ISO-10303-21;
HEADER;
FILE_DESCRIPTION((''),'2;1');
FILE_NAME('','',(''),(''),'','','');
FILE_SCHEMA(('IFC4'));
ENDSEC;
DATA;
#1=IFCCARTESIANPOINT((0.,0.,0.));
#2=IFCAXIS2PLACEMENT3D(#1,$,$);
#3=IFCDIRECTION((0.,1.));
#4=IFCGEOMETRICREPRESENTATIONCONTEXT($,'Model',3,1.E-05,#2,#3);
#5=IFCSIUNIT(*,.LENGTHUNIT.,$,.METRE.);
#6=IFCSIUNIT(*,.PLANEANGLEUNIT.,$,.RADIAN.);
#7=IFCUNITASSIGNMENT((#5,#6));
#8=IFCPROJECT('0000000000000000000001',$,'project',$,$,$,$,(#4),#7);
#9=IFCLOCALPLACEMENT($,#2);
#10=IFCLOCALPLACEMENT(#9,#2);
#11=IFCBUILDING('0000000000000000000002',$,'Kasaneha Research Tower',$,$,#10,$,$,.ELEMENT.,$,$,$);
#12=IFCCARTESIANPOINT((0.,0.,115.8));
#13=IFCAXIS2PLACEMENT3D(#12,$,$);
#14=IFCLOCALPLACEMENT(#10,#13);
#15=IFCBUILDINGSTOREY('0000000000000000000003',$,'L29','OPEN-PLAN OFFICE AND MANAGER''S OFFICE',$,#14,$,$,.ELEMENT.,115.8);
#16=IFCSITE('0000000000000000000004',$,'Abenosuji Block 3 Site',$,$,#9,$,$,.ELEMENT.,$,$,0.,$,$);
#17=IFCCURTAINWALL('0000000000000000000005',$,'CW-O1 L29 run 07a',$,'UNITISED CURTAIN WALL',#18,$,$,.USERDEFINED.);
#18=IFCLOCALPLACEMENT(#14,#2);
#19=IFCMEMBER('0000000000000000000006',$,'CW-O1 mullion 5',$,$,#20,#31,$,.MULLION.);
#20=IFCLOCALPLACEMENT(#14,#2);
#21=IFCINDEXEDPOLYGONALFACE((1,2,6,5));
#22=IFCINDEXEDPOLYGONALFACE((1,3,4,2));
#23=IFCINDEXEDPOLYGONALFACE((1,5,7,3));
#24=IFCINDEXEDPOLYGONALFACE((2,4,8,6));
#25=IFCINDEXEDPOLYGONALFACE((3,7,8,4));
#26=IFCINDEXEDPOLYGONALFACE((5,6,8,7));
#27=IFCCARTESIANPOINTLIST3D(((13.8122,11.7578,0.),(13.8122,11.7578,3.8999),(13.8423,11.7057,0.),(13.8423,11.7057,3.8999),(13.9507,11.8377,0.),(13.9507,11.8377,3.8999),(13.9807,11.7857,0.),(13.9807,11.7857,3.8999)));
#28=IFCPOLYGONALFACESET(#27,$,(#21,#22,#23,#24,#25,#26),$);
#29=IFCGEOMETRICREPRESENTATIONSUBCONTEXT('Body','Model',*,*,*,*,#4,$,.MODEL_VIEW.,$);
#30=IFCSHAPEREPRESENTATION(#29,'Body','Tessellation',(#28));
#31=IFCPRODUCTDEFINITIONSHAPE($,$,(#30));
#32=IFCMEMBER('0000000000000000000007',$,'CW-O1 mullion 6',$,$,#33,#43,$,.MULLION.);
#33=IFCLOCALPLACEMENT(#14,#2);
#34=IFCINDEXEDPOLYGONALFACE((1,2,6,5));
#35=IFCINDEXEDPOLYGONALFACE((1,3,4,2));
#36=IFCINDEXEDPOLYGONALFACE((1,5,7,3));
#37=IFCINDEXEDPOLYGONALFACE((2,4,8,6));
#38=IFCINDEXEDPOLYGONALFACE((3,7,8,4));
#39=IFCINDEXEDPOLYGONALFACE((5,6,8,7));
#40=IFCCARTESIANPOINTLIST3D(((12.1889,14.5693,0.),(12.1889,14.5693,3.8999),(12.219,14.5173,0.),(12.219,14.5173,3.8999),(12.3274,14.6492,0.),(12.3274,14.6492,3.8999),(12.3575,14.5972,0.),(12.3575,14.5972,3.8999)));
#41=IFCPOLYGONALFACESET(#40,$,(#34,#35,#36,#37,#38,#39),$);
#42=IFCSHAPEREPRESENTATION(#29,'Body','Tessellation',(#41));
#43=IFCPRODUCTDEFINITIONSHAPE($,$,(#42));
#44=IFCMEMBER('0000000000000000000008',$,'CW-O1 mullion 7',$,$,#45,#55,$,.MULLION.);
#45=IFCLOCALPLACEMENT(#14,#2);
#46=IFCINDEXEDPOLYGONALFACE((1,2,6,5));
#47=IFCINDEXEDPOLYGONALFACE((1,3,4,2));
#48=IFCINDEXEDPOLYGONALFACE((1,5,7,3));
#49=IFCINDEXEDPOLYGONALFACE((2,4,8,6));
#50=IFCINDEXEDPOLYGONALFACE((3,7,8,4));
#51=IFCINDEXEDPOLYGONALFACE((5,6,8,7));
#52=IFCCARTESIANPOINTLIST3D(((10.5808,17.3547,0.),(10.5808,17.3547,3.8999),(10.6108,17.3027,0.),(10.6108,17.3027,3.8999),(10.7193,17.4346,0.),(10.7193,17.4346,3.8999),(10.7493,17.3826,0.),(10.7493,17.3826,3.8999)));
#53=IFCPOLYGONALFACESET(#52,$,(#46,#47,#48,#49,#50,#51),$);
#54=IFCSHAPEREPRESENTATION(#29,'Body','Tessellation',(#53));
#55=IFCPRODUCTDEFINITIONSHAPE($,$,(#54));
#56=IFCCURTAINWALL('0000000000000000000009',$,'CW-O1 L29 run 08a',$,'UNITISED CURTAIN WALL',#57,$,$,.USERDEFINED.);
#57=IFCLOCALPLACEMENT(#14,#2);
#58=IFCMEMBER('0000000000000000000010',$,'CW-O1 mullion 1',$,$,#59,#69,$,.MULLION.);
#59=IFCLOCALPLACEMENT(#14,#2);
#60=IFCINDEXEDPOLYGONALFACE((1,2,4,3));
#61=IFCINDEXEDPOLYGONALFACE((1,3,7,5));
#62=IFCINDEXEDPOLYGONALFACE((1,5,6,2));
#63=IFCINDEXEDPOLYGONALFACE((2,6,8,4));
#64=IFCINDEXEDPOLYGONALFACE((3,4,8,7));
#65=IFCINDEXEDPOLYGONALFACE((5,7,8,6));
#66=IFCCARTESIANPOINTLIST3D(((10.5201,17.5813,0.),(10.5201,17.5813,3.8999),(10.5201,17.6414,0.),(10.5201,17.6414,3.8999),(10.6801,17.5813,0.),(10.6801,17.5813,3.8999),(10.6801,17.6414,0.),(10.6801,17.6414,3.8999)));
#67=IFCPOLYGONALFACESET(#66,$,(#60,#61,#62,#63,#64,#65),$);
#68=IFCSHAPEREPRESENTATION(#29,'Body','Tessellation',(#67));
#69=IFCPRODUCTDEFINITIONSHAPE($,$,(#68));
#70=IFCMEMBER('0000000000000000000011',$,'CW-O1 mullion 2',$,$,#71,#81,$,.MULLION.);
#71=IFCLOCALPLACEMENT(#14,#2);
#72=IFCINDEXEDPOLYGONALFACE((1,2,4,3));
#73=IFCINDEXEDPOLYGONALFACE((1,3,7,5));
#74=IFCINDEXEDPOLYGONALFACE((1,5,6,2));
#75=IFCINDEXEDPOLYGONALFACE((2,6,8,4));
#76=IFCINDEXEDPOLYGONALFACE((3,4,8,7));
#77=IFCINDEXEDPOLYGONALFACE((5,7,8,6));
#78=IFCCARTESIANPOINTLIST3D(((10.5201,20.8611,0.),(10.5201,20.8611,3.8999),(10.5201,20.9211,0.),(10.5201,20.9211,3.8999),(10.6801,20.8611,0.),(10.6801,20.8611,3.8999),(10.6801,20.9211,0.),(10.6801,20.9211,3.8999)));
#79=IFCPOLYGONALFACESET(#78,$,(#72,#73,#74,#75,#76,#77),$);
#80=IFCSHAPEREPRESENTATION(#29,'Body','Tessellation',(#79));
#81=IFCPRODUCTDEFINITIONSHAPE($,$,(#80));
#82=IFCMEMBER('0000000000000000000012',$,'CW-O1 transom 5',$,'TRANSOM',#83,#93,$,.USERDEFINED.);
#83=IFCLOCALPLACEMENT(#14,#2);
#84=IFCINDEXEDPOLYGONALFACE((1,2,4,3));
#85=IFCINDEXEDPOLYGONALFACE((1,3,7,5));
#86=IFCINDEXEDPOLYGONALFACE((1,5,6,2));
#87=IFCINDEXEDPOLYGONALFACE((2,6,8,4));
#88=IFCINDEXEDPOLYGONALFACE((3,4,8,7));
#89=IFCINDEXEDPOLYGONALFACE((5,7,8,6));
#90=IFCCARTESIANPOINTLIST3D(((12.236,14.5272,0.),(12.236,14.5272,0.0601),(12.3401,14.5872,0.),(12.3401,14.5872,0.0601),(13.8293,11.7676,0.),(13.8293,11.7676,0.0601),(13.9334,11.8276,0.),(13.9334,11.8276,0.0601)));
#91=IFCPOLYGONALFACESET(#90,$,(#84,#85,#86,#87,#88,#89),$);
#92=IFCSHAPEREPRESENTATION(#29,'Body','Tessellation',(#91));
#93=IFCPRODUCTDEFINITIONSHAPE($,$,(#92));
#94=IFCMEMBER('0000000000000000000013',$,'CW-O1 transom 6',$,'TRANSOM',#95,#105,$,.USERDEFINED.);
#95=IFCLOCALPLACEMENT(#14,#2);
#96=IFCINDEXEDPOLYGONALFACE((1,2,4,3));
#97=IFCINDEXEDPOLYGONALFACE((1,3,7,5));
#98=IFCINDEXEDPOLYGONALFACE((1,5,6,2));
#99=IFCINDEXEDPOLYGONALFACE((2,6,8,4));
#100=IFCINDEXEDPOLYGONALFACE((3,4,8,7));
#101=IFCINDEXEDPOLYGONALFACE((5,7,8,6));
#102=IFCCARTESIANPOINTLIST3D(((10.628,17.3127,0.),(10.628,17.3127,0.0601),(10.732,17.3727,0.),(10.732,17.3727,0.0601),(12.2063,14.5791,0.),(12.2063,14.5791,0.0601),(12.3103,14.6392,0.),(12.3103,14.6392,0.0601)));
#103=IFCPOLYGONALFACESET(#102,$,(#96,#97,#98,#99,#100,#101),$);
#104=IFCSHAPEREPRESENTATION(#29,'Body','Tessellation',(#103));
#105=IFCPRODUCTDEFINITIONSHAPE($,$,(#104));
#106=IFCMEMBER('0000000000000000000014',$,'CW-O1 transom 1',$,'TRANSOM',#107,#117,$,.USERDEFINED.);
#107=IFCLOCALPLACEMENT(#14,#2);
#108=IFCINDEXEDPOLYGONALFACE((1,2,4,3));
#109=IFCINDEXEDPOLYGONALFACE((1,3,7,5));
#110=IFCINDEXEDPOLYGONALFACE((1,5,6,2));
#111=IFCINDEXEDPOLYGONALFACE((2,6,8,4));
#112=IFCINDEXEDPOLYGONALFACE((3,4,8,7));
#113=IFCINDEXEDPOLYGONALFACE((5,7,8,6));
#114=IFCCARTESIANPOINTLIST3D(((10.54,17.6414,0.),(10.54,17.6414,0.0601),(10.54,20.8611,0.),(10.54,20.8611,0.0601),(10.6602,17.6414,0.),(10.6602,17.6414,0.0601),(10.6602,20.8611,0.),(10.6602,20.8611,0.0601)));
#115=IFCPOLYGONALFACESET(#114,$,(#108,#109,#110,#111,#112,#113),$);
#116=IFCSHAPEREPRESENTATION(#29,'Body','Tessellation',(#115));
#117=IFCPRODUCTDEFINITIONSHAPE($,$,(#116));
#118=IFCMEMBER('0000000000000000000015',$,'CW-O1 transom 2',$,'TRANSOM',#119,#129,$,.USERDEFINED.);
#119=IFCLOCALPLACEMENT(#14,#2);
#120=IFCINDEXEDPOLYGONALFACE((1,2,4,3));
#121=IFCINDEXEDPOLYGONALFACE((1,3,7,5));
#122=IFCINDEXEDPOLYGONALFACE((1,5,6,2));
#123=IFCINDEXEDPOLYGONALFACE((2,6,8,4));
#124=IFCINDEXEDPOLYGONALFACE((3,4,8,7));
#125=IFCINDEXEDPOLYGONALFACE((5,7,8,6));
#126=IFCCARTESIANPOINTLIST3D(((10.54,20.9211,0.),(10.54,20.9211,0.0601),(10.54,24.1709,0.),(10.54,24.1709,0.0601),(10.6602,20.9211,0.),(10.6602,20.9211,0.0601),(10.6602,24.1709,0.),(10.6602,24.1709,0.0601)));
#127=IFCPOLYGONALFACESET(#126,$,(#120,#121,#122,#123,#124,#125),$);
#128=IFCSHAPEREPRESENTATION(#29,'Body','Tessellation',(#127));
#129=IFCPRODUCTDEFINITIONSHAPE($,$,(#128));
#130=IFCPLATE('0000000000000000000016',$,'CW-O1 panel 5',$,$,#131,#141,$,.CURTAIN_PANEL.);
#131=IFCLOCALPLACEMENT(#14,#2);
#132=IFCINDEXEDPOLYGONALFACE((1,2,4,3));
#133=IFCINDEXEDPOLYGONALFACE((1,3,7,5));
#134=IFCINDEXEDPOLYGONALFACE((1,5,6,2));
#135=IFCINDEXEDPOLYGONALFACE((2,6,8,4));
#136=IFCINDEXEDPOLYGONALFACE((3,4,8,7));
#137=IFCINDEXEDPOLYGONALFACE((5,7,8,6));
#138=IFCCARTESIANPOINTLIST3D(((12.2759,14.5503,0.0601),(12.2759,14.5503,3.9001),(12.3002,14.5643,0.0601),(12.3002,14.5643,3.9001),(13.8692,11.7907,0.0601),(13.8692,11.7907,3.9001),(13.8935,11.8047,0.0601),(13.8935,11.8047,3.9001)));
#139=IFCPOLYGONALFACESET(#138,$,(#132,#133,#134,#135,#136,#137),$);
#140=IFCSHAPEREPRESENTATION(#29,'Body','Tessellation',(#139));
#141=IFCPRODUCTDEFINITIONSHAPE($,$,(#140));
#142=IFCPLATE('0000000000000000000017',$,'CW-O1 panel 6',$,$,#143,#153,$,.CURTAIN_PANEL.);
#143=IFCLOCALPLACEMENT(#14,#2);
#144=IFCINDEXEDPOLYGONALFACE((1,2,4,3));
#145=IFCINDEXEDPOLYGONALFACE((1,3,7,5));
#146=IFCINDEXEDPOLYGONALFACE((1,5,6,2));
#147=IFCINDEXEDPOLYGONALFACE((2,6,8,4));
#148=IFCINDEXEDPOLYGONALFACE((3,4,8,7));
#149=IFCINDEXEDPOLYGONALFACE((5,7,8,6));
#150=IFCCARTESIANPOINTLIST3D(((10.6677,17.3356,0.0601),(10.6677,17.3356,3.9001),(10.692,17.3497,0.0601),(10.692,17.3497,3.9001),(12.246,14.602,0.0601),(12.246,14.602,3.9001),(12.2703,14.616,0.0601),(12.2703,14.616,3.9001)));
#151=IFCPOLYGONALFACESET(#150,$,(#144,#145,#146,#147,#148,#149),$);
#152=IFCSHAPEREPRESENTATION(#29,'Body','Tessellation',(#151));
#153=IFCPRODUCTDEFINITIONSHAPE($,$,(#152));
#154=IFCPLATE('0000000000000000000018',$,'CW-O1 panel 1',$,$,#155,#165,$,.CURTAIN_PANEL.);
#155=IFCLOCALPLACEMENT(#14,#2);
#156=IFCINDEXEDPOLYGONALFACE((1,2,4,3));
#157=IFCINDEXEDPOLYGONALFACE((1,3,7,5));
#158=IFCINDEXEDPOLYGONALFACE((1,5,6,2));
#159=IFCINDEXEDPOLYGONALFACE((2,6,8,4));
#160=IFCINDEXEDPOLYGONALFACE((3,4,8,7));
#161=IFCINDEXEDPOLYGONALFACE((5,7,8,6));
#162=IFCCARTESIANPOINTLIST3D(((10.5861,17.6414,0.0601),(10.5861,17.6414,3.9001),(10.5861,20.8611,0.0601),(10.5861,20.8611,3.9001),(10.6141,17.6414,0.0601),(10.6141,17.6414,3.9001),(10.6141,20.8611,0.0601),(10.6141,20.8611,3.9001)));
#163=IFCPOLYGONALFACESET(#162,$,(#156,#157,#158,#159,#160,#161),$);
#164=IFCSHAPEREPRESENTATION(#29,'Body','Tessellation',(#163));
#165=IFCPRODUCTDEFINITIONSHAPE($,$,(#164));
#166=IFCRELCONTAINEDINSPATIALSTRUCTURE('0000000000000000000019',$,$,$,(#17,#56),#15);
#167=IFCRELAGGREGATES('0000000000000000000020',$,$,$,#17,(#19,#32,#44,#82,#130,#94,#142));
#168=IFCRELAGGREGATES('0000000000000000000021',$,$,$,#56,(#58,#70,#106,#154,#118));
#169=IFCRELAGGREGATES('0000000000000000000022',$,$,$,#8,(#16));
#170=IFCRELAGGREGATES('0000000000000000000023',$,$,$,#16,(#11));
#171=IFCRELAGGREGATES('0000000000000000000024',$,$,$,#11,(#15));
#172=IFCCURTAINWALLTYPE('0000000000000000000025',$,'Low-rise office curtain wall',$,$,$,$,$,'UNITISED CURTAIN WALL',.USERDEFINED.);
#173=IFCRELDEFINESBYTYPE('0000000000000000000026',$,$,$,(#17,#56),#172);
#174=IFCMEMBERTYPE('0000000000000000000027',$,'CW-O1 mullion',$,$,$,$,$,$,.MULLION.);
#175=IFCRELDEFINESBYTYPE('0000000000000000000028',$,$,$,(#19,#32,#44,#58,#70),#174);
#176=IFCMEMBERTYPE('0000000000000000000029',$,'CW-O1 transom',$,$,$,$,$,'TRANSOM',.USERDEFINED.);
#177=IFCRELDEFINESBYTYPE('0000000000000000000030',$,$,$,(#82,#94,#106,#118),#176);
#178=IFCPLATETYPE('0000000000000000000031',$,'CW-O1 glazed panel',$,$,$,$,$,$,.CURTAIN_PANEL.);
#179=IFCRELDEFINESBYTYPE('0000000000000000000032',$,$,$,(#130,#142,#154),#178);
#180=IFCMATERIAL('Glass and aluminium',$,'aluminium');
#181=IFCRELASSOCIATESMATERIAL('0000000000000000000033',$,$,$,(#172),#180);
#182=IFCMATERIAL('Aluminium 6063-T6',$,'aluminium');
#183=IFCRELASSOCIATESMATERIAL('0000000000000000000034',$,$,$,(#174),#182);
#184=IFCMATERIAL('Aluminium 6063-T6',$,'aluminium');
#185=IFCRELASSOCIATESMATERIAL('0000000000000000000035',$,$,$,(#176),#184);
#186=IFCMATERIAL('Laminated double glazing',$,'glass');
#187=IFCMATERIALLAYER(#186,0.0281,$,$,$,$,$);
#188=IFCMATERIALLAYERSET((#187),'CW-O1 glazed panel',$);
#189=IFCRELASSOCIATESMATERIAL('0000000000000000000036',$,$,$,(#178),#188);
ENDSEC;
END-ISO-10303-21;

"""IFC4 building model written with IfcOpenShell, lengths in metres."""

from ifc_helpers import new_model, si_unit, direction, frame, origin, origin_2d, place, context, subcontext, project, spatial, rectangle, extrude, material, layer, layer_set, material_profile, profile_set, type_object, element, aggregate, save


model = new_model("IFC4")

# Units and contexts
model_context = context("Model", 3, precision=1e-05, world=origin(), true_north=direction((0.0, 1.0)))
body_context = subcontext(model_context, "Body", "Model", "MODEL_VIEW")
ifc_project = project(units=[si_unit("LENGTHUNIT", "METRE"), si_unit("PLANEANGLEUNIT", "RADIAN")], contexts=[model_context])

# Site, building, storey
site_placement = place(None, origin())
site = spatial("IfcSite", under=ifc_project, at=site_placement, Name="Abenosuji Block 3 Site", CompositionType="ELEMENT", RefElevation=0.0)
building_placement = place(site_placement, origin())
building = spatial("IfcBuilding", under=site, at=building_placement, Name="Kasaneha Research Tower", CompositionType="ELEMENT")
storey_placement = place(building_placement, frame((0.0, 0.0, 115.8)))
storey = spatial("IfcBuildingStorey", under=building, at=storey_placement, Name="L29", Description="OPEN-PLAN OFFICE AND MANAGER'S OFFICE", CompositionType="ELEMENT", Elevation=115.8)

# Curtain walls, members
ifc_material_1 = material(Name="Glass and aluminium", Category="aluminium")
curtain_wall_type = type_object("IfcCurtainWallType", Name="Low-rise office curtain wall", ElementType="UNITISED CURTAIN WALL", PredefinedType="USERDEFINED", material=ifc_material_1)
curtain_wall_1_placement = place(storey_placement, origin())
curtain_wall_1 = element("IfcCurtainWall", 1, at=curtain_wall_1_placement, inside=storey, type_object=curtain_wall_type, Name="CW-O1 L29 run 07a", ObjectType="UNITISED CURTAIN WALL", PredefinedType="USERDEFINED")
ifc_material_2 = material(Name="Aluminium 6063-T6", Category="aluminium")
ifc_material_profile_1 = material_profile(ifc_material_2, rectangle(XDim=0.0601, YDim=0.1599, at=origin_2d()), Name="CW-O1 mullion 60x160")
ifc_profile_set_1 = profile_set([ifc_material_profile_1], Name="Aluminium 6063-T6")
member_type_1 = type_object("IfcMemberType", Name="CW-O1 mullion", PredefinedType="MULLION", material=ifc_profile_set_1)
member_1_placement = place(storey_placement, frame((13.8965, 11.7717, 0.0), z_axis=(0.0, 0.0, 1.0), x_axis=(-0.5, 0.866025, 0.0)))
member_1 = element("IfcMember", 2, at=member_1_placement, type_object=member_type_1, Name="CW-O1 mullion 5", PredefinedType="MULLION", context=body_context, shape_type="SweptSolid", body=[
    extrude(rectangle(XDim=0.0601, YDim=0.1599, at=origin_2d()), origin(), (0.0, 0.0, 1.0), 3.8999),
])
member_2_placement = place(storey_placement, frame((12.2732, 14.5833, 0.0), z_axis=(0.0, 0.0, 1.0), x_axis=(-0.5, 0.866025, 0.0)))
member_2 = element("IfcMember", 3, at=member_2_placement, type_object=member_type_1, Name="CW-O1 mullion 6", PredefinedType="MULLION", context=body_context, shape_type="SweptSolid", body=[
    extrude(rectangle(XDim=0.0601, YDim=0.1599, at=origin_2d()), origin(), (0.0, 0.0, 1.0), 3.8999),
])
member_3_placement = place(storey_placement, frame((10.665, 17.3687, 0.0), z_axis=(0.0, 0.0, 1.0), x_axis=(-0.5, 0.866025, 0.0)))
member_3 = element("IfcMember", 4, at=member_3_placement, type_object=member_type_1, Name="CW-O1 mullion 7", PredefinedType="MULLION", context=body_context, shape_type="SweptSolid", body=[
    extrude(rectangle(XDim=0.0601, YDim=0.1599, at=origin_2d()), origin(), (0.0, 0.0, 1.0), 3.8999),
])
curtain_wall_2_placement = place(storey_placement, origin())
curtain_wall_2 = element("IfcCurtainWall", 5, at=curtain_wall_2_placement, inside=storey, type_object=curtain_wall_type, Name="CW-O1 L29 run 08a", ObjectType="UNITISED CURTAIN WALL", PredefinedType="USERDEFINED")
member_4_placement = place(storey_placement, frame((10.6001, 17.6113, 0.0), z_axis=(0.0, 0.0, 1.0), x_axis=(0.0, 1.0, 0.0)))
member_4 = element("IfcMember", 6, at=member_4_placement, type_object=member_type_1, Name="CW-O1 mullion 1", PredefinedType="MULLION", context=body_context, shape_type="SweptSolid", body=[
    extrude(rectangle(XDim=0.0601, YDim=0.1599, at=origin_2d()), origin(), (0.0, 0.0, 1.0), 3.8999),
])
member_5_placement = place(storey_placement, frame((10.6001, 20.8911, 0.0), z_axis=(0.0, 0.0, 1.0), x_axis=(0.0, 1.0, 0.0)))
member_5 = element("IfcMember", 7, at=member_5_placement, type_object=member_type_1, Name="CW-O1 mullion 2", PredefinedType="MULLION", context=body_context, shape_type="SweptSolid", body=[
    extrude(rectangle(XDim=0.0601, YDim=0.1599, at=origin_2d()), origin(), (0.0, 0.0, 1.0), 3.8999),
])

# Members
ifc_material_3 = material(Name="Aluminium 6063-T6", Category="aluminium")
ifc_material_profile_2 = material_profile(ifc_material_3, rectangle(XDim=0.1201, YDim=0.0601, at=origin_2d()), Name="CW-O1 transom 120x60")
ifc_profile_set_2 = profile_set([ifc_material_profile_2], Name="Aluminium 6063-T6")
member_type_2 = type_object("IfcMemberType", Name="CW-O1 transom", ElementType="TRANSOM", PredefinedType="USERDEFINED", material=ifc_profile_set_2)
member_6_placement = place(storey_placement, frame((13.8813, 11.7976, 0.03), z_axis=(-0.500012, 0.866018, 0.0), x_axis=(-0.866018, -0.500012, 0.0)))
member_6 = element("IfcMember", 8, at=member_6_placement, type_object=member_type_2, Name="CW-O1 transom 5", ObjectType="TRANSOM", PredefinedType="USERDEFINED", context=body_context, shape_type="SweptSolid", body=[
    extrude(rectangle(XDim=0.1201, YDim=0.0601, at=origin_2d()), origin(), (0.0, 0.0, 1.0), 3.1865),
])
member_7_placement = place(storey_placement, frame((12.2583, 14.6091, 0.03), z_axis=(-0.500024, 0.866012, 0.0), x_axis=(-0.866012, -0.500024, 0.0)))
member_7 = element("IfcMember", 9, at=member_7_placement, type_object=member_type_2, Name="CW-O1 transom 6", ObjectType="TRANSOM", PredefinedType="USERDEFINED", context=body_context, shape_type="SweptSolid", body=[
    extrude(rectangle(XDim=0.1201, YDim=0.0601, at=origin_2d()), origin(), (0.0, 0.0, 1.0), 3.1565),
])
member_8_placement = place(storey_placement, frame((10.6001, 17.6414, 0.03), z_axis=(0.0, 1.0, 0.0), x_axis=(-1.0, 0.0, 0.0)))
member_8 = element("IfcMember", 10, at=member_8_placement, type_object=member_type_2, Name="CW-O1 transom 1", ObjectType="TRANSOM", PredefinedType="USERDEFINED", context=body_context, shape_type="SweptSolid", body=[
    extrude(rectangle(XDim=0.1201, YDim=0.0601, at=origin_2d()), origin(), (0.0, 0.0, 1.0), 3.2197),
])
member_9_placement = place(storey_placement, frame((10.6001, 20.9211, 0.03), z_axis=(0.0, 1.0, 0.0), x_axis=(-1.0, 0.0, 0.0)))
member_9 = element("IfcMember", 11, at=member_9_placement, type_object=member_type_2, Name="CW-O1 transom 2", ObjectType="TRANSOM", PredefinedType="USERDEFINED", context=body_context, shape_type="SweptSolid", body=[
    extrude(rectangle(XDim=0.1201, YDim=0.0601, at=origin_2d()), origin(), (0.0, 0.0, 1.0), 3.2498),
])

# Plates
ifc_material_4 = material(Name="Laminated double glazing", Category="glass")
ifc_layer_1 = layer(ifc_material_4, 0.0281)
ifc_layer_set_1 = layer_set([ifc_layer_1], Name="CW-O1 glazed panel")
plate_type = type_object("IfcPlateType", Name="CW-O1 glazed panel", PredefinedType="CURTAIN_PANEL", material=ifc_layer_set_1)
plate_1_placement = place(storey_placement, frame((13.0847, 13.1775, 0.0601), z_axis=(0.0, 0.0, 1.0), x_axis=(-0.5, 0.866025, 0.0)))
plate_1 = element("IfcPlate", 12, at=plate_1_placement, type_object=plate_type, Name="CW-O1 panel 5", PredefinedType="CURTAIN_PANEL", context=body_context, shape_type="SweptSolid", body=[
    extrude(rectangle(XDim=3.1865, YDim=0.0281, at=origin_2d()), origin(), (0.0, 0.0, 1.0), 3.8401),
])
plate_2_placement = place(storey_placement, frame((11.469, 15.9758, 0.0601), z_axis=(0.0, 0.0, 1.0), x_axis=(-0.5, 0.866025, 0.0)))
plate_2 = element("IfcPlate", 13, at=plate_2_placement, type_object=plate_type, Name="CW-O1 panel 6", PredefinedType="CURTAIN_PANEL", context=body_context, shape_type="SweptSolid", body=[
    extrude(rectangle(XDim=3.1565, YDim=0.0281, at=origin_2d()), origin(), (0.0, 0.0, 1.0), 3.8401),
])
aggregate(curtain_wall_1, [member_1, member_2, member_3, member_6, plate_1, member_7, plate_2])
plate_3_placement = place(storey_placement, frame((10.6001, 19.2512, 0.0601), z_axis=(0.0, 0.0, 1.0), x_axis=(0.0, 1.0, 0.0)))
plate_3 = element("IfcPlate", 14, at=plate_3_placement, type_object=plate_type, Name="CW-O1 panel 1", PredefinedType="CURTAIN_PANEL", context=body_context, shape_type="SweptSolid", body=[
    extrude(rectangle(XDim=3.2197, YDim=0.0281, at=origin_2d()), origin(), (0.0, 0.0, 1.0), 3.8401),
])
aggregate(curtain_wall_2, [member_4, member_5, member_8, plate_3, member_9])

save(model, "model.ifc")
